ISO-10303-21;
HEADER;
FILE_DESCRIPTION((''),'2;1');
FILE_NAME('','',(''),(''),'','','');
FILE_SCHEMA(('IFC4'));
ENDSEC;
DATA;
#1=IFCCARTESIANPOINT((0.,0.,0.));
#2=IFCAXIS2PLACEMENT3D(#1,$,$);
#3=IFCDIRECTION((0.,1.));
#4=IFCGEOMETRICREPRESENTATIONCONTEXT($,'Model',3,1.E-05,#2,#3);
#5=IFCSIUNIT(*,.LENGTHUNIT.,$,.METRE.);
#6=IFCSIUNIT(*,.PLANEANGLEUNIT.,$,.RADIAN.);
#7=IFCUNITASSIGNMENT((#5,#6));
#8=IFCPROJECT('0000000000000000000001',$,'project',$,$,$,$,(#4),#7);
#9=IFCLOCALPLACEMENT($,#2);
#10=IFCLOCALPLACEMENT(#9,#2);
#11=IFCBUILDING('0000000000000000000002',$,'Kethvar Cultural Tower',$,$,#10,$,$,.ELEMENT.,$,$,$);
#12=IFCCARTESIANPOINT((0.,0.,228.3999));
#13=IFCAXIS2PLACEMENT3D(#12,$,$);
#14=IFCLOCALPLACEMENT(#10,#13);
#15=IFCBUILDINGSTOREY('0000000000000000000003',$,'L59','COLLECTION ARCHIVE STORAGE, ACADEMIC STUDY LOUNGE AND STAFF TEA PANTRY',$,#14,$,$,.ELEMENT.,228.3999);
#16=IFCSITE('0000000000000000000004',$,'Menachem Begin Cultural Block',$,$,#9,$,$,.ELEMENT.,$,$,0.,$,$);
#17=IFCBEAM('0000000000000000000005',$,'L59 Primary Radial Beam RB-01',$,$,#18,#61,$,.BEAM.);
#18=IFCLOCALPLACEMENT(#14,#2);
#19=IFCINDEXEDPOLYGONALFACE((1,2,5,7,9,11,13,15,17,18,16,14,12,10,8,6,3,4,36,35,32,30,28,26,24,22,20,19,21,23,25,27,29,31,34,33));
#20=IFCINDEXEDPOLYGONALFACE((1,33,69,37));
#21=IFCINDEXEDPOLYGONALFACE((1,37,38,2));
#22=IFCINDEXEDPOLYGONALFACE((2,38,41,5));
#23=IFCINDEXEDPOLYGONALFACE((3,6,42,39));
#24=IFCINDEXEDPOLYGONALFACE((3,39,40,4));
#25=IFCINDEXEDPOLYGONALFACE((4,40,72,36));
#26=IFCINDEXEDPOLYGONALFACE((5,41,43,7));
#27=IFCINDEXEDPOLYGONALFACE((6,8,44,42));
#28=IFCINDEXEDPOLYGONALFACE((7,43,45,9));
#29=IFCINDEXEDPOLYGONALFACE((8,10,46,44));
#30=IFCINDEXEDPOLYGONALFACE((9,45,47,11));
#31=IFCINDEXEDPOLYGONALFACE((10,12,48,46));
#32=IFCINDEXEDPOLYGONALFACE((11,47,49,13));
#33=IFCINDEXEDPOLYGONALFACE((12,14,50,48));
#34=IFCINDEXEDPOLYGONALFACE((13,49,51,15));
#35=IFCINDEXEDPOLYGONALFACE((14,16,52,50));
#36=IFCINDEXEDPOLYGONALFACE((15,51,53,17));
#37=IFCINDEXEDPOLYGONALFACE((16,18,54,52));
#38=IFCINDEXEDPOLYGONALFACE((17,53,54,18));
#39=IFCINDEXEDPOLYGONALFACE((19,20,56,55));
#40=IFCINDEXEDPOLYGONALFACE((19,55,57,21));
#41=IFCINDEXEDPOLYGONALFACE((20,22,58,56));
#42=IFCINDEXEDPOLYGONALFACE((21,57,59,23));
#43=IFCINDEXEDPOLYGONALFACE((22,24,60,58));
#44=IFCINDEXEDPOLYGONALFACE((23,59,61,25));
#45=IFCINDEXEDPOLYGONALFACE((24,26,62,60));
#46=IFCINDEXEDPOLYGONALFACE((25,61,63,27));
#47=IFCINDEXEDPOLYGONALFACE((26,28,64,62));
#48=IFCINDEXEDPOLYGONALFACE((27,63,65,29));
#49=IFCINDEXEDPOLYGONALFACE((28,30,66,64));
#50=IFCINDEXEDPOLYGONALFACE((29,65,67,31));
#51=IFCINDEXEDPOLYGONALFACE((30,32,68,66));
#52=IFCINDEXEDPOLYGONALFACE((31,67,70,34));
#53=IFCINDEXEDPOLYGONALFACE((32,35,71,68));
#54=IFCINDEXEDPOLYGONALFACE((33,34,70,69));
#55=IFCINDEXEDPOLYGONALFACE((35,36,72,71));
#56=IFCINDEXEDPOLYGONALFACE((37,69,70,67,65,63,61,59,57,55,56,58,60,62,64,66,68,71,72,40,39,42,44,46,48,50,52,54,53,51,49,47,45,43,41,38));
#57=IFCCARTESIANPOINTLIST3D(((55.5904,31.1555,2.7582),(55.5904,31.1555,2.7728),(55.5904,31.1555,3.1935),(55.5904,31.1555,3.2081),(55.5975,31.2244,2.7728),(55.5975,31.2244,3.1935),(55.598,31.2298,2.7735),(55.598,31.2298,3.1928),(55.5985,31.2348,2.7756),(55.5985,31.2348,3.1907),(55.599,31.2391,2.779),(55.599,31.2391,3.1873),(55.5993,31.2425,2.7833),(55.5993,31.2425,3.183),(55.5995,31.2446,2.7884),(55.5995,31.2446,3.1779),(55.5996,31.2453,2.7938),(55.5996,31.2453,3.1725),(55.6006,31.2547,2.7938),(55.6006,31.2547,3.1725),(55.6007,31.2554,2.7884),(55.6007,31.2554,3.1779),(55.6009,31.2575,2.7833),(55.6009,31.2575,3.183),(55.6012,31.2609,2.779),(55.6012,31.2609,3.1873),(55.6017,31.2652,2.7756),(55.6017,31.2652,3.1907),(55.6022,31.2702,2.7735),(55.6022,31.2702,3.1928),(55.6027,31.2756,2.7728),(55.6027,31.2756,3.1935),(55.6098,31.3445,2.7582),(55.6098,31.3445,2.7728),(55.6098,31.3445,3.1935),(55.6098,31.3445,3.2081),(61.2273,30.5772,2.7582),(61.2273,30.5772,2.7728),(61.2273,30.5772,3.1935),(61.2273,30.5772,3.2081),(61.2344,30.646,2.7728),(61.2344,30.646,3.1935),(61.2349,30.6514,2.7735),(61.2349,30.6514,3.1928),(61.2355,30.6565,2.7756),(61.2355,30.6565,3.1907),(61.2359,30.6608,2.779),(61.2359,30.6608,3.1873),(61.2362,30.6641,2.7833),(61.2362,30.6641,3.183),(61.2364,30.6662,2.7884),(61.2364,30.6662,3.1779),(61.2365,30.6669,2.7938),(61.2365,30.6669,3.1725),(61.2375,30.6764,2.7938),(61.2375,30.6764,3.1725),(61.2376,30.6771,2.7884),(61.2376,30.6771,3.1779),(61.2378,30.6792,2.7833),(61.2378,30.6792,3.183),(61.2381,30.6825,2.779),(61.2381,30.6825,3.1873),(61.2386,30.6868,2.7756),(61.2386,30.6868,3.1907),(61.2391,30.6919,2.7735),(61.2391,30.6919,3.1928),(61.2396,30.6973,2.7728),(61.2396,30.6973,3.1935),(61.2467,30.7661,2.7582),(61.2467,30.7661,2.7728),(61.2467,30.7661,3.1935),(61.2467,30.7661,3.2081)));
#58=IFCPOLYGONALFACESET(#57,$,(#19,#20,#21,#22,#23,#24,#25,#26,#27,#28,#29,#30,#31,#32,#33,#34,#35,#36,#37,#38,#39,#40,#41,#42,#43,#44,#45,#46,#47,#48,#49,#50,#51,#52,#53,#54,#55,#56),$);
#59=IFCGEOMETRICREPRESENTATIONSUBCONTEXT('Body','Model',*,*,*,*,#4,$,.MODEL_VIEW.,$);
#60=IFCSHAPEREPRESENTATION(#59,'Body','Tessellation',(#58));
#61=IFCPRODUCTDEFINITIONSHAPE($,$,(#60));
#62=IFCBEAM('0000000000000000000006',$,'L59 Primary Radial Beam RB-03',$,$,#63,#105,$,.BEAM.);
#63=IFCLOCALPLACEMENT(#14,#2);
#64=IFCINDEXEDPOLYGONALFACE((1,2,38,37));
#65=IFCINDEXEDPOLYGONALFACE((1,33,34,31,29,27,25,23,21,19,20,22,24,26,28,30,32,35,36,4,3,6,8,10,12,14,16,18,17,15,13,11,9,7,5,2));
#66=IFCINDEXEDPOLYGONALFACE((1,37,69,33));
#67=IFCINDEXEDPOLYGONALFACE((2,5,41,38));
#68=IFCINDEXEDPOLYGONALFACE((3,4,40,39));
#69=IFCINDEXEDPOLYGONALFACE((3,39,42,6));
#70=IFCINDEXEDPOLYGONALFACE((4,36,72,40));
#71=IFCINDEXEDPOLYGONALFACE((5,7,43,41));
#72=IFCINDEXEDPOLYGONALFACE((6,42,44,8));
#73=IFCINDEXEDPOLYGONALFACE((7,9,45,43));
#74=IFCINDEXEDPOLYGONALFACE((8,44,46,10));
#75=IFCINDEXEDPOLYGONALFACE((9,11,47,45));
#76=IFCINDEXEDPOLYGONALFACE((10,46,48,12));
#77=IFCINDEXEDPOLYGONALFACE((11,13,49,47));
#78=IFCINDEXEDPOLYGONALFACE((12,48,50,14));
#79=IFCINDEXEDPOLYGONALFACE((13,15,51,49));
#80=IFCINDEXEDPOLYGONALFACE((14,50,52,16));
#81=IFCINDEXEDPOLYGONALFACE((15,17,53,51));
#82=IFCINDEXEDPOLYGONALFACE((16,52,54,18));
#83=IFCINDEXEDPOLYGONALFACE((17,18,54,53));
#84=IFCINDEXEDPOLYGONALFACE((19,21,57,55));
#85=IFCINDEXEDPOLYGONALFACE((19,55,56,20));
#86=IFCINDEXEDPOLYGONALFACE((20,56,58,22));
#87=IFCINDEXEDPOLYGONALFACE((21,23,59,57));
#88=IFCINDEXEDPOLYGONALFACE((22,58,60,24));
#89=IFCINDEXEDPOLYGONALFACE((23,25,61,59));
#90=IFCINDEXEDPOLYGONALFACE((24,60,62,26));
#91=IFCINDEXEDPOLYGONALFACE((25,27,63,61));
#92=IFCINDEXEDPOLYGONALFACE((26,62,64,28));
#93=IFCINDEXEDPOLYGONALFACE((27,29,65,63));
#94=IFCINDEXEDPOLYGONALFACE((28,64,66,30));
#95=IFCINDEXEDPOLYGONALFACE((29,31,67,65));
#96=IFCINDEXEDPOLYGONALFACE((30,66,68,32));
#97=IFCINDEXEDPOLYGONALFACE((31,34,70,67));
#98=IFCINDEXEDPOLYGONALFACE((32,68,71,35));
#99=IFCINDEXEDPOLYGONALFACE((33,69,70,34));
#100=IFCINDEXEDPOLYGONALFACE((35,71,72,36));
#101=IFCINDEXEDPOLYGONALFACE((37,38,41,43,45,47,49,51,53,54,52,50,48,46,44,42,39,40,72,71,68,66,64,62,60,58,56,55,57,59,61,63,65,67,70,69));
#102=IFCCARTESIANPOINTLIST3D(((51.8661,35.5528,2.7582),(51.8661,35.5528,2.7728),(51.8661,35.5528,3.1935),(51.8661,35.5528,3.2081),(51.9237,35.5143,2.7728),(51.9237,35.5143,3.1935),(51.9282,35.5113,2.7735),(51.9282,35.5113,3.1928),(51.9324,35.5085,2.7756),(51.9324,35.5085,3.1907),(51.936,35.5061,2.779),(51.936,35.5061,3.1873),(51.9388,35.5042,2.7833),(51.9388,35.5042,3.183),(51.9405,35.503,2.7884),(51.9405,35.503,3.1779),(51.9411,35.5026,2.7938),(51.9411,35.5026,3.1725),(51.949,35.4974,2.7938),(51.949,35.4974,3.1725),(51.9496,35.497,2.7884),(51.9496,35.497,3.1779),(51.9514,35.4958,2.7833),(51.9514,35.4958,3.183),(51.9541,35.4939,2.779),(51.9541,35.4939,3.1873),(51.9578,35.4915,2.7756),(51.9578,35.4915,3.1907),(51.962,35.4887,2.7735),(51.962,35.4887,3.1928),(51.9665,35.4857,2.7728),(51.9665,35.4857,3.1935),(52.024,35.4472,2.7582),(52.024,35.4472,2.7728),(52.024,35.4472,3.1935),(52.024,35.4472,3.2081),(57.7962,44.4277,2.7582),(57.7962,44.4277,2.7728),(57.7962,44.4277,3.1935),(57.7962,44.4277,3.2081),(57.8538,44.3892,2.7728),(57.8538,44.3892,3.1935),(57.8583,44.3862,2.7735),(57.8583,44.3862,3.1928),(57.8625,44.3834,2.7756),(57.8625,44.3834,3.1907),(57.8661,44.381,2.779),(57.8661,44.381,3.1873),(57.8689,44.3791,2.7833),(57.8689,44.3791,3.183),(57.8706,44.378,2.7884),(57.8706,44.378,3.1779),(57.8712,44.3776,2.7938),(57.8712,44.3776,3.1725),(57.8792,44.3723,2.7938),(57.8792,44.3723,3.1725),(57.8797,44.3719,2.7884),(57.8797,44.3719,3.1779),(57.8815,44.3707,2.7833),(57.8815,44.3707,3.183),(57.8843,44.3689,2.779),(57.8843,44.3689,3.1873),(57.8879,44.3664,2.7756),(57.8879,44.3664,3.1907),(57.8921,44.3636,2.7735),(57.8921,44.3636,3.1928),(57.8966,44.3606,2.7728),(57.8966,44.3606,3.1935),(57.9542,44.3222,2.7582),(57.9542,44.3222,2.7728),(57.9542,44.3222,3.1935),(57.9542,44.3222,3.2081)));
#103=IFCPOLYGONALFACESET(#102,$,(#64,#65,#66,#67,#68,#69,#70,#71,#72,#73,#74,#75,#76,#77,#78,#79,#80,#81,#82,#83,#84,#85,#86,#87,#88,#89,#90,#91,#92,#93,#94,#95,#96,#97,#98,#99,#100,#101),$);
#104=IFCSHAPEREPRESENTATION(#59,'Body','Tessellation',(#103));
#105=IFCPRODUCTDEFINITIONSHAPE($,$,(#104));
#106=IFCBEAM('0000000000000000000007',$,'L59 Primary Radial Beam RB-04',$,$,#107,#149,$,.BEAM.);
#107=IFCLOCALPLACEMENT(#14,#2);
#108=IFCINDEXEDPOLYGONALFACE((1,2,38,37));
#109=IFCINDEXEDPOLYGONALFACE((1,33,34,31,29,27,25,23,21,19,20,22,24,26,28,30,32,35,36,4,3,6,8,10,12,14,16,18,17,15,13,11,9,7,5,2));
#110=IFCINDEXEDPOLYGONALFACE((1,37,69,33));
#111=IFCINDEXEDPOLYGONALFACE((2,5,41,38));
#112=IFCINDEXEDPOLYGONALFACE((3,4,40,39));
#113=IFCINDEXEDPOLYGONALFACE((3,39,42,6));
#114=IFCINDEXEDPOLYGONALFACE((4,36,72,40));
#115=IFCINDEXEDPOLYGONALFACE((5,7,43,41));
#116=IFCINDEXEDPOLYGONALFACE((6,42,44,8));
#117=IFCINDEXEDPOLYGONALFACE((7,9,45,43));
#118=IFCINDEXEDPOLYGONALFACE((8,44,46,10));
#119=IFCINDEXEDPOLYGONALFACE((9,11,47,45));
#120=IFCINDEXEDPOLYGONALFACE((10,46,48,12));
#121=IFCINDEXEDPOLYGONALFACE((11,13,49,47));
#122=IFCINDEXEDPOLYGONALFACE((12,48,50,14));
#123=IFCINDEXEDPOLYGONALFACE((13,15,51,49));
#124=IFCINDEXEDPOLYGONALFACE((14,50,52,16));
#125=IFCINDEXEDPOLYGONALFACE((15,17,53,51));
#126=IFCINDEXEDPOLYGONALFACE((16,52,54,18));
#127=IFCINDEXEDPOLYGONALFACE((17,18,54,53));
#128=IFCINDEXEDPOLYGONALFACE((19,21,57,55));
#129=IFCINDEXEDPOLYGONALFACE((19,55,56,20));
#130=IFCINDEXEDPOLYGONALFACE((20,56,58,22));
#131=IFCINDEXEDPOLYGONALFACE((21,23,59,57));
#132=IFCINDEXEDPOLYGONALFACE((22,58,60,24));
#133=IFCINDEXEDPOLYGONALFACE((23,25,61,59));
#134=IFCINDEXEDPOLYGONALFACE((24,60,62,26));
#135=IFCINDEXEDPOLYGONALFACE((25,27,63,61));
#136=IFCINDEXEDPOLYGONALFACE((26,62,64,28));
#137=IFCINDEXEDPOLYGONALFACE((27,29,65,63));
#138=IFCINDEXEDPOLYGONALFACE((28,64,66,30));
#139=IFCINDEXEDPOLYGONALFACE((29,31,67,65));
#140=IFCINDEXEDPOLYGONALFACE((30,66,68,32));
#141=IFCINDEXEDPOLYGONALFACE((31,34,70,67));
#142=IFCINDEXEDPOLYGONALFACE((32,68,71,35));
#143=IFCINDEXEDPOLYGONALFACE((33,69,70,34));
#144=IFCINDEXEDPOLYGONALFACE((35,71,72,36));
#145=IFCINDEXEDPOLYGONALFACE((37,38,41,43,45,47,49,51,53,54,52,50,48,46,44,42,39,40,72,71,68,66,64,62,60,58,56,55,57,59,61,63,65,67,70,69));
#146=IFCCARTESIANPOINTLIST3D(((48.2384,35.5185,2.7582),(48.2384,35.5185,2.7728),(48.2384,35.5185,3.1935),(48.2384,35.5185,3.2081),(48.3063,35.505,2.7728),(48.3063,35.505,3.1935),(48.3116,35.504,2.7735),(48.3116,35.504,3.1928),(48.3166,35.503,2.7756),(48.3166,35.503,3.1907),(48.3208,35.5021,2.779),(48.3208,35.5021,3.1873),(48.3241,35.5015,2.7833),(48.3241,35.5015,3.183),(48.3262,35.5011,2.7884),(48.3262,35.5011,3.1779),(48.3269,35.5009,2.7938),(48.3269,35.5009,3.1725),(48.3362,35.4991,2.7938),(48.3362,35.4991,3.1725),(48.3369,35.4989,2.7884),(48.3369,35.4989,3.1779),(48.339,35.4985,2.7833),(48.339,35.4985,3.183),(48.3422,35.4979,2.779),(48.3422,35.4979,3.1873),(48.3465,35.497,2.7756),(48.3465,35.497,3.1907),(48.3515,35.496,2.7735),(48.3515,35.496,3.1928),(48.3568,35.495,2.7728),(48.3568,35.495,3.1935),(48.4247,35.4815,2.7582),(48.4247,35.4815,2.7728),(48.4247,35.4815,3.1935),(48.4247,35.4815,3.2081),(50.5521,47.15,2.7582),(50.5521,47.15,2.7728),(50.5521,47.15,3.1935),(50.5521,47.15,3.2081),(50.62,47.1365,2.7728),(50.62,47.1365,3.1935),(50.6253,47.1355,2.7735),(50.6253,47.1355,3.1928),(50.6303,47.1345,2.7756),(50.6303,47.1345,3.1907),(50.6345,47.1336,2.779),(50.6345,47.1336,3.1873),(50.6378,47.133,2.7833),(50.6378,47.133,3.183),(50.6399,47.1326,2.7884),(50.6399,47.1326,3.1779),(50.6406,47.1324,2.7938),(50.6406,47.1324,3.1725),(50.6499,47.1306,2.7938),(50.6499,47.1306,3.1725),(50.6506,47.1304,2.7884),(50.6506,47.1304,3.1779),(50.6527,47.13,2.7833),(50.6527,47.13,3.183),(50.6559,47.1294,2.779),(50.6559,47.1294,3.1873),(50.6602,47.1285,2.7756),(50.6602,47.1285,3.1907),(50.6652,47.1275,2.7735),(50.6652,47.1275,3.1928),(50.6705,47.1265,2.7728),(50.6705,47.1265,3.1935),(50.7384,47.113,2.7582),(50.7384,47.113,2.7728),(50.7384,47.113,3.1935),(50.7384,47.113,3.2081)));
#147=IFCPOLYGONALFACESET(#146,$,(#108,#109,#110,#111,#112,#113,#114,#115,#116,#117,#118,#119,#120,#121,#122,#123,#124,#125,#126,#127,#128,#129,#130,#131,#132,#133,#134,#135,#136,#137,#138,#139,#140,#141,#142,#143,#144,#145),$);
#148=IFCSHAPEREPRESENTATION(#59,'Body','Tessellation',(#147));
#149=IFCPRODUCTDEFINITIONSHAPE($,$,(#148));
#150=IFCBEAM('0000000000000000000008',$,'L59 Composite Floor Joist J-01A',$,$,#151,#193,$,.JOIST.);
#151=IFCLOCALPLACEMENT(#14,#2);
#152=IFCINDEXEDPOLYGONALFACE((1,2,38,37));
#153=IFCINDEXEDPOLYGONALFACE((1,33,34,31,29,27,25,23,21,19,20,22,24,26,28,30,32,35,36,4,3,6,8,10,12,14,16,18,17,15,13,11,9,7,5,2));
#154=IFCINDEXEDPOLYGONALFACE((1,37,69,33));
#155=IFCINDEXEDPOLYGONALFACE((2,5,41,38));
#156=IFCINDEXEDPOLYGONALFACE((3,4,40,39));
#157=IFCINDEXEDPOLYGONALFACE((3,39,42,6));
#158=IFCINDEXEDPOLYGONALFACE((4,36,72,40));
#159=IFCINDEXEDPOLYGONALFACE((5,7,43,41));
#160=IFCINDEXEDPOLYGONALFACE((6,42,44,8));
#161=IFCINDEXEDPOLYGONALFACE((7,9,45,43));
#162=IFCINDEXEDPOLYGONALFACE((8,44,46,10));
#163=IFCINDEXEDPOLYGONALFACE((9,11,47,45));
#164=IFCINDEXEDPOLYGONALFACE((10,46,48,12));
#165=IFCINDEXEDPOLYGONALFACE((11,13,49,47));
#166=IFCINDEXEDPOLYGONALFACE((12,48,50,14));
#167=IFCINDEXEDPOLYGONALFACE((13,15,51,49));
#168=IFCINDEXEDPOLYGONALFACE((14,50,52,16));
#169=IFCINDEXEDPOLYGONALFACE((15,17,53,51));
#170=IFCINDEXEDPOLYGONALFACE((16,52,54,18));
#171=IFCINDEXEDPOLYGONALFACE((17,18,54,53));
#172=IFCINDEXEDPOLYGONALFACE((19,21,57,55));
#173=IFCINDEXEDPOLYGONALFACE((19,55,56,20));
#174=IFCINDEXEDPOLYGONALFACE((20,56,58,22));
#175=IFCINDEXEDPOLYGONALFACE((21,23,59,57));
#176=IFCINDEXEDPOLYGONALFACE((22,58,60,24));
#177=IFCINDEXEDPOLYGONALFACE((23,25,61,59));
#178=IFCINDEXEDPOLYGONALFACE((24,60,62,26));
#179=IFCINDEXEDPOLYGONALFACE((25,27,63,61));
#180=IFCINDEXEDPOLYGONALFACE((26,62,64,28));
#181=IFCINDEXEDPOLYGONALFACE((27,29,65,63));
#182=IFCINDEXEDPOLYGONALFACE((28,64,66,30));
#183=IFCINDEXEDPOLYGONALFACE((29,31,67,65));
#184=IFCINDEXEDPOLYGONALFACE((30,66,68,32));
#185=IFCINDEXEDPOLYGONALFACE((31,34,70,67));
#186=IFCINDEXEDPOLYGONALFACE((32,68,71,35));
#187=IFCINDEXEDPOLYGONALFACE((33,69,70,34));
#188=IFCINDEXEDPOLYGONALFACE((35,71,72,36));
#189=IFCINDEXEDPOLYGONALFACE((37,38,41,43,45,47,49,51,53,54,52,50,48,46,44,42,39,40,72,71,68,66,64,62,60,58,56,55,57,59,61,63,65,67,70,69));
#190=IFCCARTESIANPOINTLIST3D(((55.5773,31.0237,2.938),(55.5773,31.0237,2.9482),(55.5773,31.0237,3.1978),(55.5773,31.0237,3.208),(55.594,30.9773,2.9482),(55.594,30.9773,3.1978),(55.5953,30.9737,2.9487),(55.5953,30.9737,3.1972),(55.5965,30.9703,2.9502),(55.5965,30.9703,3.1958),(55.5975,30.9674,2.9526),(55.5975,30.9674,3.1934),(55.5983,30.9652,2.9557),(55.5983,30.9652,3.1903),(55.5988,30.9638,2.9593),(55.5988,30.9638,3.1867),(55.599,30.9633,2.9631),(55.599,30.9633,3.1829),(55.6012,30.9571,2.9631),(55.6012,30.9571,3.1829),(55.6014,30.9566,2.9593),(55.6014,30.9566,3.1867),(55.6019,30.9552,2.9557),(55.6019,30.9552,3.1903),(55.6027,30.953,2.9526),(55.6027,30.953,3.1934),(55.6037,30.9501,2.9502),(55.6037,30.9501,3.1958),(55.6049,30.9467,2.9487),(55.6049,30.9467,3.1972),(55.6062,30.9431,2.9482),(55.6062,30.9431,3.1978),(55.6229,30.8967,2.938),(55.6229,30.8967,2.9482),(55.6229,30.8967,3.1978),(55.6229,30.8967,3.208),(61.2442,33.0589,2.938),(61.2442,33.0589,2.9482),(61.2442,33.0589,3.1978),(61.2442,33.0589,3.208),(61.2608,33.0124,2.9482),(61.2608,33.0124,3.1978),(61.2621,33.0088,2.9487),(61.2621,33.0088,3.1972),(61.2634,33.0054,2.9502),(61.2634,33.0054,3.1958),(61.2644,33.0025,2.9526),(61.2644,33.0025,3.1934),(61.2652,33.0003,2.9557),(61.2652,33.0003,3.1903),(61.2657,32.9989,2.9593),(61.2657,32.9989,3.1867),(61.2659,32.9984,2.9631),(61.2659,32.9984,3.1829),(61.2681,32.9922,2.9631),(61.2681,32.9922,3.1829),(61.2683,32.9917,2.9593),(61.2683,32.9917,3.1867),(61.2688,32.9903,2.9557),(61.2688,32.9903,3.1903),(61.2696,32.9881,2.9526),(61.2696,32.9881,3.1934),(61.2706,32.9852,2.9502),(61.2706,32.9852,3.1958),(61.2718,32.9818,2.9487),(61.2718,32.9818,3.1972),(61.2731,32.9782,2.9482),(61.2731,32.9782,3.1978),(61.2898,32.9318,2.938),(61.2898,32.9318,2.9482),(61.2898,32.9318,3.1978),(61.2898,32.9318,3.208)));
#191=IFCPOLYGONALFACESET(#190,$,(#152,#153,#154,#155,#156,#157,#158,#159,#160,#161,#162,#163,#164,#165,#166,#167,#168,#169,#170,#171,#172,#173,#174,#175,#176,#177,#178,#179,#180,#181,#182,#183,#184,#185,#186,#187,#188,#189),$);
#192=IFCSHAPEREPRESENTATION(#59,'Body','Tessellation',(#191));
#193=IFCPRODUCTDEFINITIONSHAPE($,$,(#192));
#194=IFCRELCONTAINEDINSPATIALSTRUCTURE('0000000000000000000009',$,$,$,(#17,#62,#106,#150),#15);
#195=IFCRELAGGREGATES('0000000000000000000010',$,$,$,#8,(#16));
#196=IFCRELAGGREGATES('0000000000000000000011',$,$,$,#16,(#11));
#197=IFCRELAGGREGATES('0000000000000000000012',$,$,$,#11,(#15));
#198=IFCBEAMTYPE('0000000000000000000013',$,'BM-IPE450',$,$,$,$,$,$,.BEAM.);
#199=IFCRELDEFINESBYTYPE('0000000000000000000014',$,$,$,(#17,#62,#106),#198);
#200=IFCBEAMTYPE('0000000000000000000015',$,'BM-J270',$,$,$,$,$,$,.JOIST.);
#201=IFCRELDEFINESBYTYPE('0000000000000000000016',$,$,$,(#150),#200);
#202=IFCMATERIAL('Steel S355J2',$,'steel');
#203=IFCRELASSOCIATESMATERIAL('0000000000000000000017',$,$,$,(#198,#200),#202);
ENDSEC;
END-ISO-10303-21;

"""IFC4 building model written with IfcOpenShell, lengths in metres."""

from ifc_helpers import new_model, si_unit, direction, frame, origin, origin_2d, place, context, subcontext, project, spatial, i_section, extrude, source, transform, mapped, material, material_profile, profile_set, type_object, element, save


model = new_model("IFC4")

# Units and contexts
model_context = context("Model", 3, precision=1e-05, world=origin(), true_north=direction((0.0, 1.0)))
body_context = subcontext(model_context, "Body", "Model", "MODEL_VIEW")
ifc_project = project(units=[si_unit("LENGTHUNIT", "METRE"), si_unit("PLANEANGLEUNIT", "RADIAN")], contexts=[model_context])

# Site, building, storey
site_placement = place(None, origin())
site = spatial("IfcSite", under=ifc_project, at=site_placement, Name="Menachem Begin Cultural Block", CompositionType="ELEMENT", RefElevation=0.0)
building_placement = place(site_placement, origin())
building = spatial("IfcBuilding", under=site, at=building_placement, Name="Kethvar Cultural Tower", CompositionType="ELEMENT")
storey_placement = place(building_placement, frame((0.0, 0.0, 228.3999)))
storey = spatial("IfcBuildingStorey", under=building, at=storey_placement, Name="L59", Description="COLLECTION ARCHIVE STORAGE, ACADEMIC STUDY LOUNGE AND STAFF TEA PANTRY", CompositionType="ELEMENT", Elevation=228.3999)

# Beams
ifc_material_1 = material(Name="Steel S355J2", Category="steel")
ifc_material_profile_1 = material_profile(ifc_material_1, i_section(OverallWidth=0.1899, OverallDepth=0.45, WebThickness=0.0095, FlangeThickness=0.0146, FilletRadius=0.021, at=origin_2d()), Name="Steel S355J2 — IPE450")
ifc_profile_set_1 = profile_set([ifc_material_profile_1], Name="Steel S355J2 — IPE450")
beam_type_1 = type_object("IfcBeamType", Name="BM-IPE450", PredefinedType="BEAM", material=ifc_profile_set_1)
shared_shape_1 = source(origin(), body_context, "Body", "SweptSolid", [
    extrude(i_section(OverallWidth=0.1899, OverallDepth=0.45, WebThickness=0.0095, FlangeThickness=0.0146, FilletRadius=0.021, at=origin_2d()), origin(), (0.0, 0.0, 1.0), 5.6665),
])
beam_1_placement = place(storey_placement, frame((55.6001, 31.25, 2.9832), z_axis=(0.994778, -0.102067, 0.0), x_axis=(0.102067, 0.994778, 0.0)))
element("IfcBeam", 1, at=beam_1_placement, inside=storey, type_object=beam_type_1, Name="L59 Primary Radial Beam RB-01", PredefinedType="BEAM", context=body_context, shape_type="MappedRepresentation", body=[
    mapped(shared_shape_1, transform((0.0, 0.0, 0.0), scale=1.0)),
])
shared_shape_2 = source(origin(), body_context, "Body", "SweptSolid", [
    extrude(i_section(OverallWidth=0.1899, OverallDepth=0.45, WebThickness=0.0095, FlangeThickness=0.0146, FilletRadius=0.021, at=origin_2d()), origin(), (0.0, 0.0, 1.0), 10.6738),
])
beam_2_placement = place(storey_placement, frame((51.9451, 35.5, 2.9832), z_axis=(0.555576, 0.831466, 0.0), x_axis=(-0.831466, 0.555576, 0.0)))
element("IfcBeam", 2, at=beam_2_placement, inside=storey, type_object=beam_type_1, Name="L59 Primary Radial Beam RB-03", PredefinedType="BEAM", context=body_context, shape_type="MappedRepresentation", body=[
    mapped(shared_shape_2, transform((0.0, 0.0, 0.0), scale=1.0)),
])
shared_shape_3 = source(origin(), body_context, "Body", "SweptSolid", [
    extrude(i_section(OverallWidth=0.1899, OverallDepth=0.45, WebThickness=0.0095, FlangeThickness=0.0146, FilletRadius=0.021, at=origin_2d()), origin(), (0.0, 0.0, 1.0), 11.8594),
])
beam_3_placement = place(storey_placement, frame((48.3315, 35.5, 2.9832), z_axis=(0.195095, 0.980784, 0.0), x_axis=(-0.980784, 0.195095, 0.0)))
element("IfcBeam", 3, at=beam_3_placement, inside=storey, type_object=beam_type_1, Name="L59 Primary Radial Beam RB-04", PredefinedType="BEAM", context=body_context, shape_type="MappedRepresentation", body=[
    mapped(shared_shape_3, transform((0.0, 0.0, 0.0), scale=1.0)),
])
ifc_material_profile_2 = material_profile(ifc_material_1, i_section(OverallWidth=0.135, OverallDepth=0.27, WebThickness=0.0066, FlangeThickness=0.0103, FilletRadius=0.0149, at=origin_2d()), Name="Steel S355J2 — IPE270")
ifc_profile_set_2 = profile_set([ifc_material_profile_2], Name="Steel S355J2 — IPE270")
beam_type_2 = type_object("IfcBeamType", Name="BM-J270", PredefinedType="JOIST", material=ifc_profile_set_2)
shared_shape_4 = source(origin(), body_context, "Body", "SweptSolid", [
    extrude(i_section(OverallWidth=0.135, OverallDepth=0.27, WebThickness=0.0066, FlangeThickness=0.0103, FilletRadius=0.0149, at=origin_2d()), origin(), (0.0, 0.0, 1.0), 6.0212),
])
beam_4_placement = place(storey_placement, frame((55.6001, 30.9602, 3.073), z_axis=(0.94115, 0.33799, 0.0), x_axis=(-0.33799, 0.94115, 0.0)))
element("IfcBeam", 4, at=beam_4_placement, inside=storey, type_object=beam_type_2, Name="L59 Composite Floor Joist J-01A", PredefinedType="JOIST", context=body_context, shape_type="MappedRepresentation", body=[
    mapped(shared_shape_4, transform((0.0, 0.0, 0.0), scale=1.0)),
])

save(model, "model.ifc")
